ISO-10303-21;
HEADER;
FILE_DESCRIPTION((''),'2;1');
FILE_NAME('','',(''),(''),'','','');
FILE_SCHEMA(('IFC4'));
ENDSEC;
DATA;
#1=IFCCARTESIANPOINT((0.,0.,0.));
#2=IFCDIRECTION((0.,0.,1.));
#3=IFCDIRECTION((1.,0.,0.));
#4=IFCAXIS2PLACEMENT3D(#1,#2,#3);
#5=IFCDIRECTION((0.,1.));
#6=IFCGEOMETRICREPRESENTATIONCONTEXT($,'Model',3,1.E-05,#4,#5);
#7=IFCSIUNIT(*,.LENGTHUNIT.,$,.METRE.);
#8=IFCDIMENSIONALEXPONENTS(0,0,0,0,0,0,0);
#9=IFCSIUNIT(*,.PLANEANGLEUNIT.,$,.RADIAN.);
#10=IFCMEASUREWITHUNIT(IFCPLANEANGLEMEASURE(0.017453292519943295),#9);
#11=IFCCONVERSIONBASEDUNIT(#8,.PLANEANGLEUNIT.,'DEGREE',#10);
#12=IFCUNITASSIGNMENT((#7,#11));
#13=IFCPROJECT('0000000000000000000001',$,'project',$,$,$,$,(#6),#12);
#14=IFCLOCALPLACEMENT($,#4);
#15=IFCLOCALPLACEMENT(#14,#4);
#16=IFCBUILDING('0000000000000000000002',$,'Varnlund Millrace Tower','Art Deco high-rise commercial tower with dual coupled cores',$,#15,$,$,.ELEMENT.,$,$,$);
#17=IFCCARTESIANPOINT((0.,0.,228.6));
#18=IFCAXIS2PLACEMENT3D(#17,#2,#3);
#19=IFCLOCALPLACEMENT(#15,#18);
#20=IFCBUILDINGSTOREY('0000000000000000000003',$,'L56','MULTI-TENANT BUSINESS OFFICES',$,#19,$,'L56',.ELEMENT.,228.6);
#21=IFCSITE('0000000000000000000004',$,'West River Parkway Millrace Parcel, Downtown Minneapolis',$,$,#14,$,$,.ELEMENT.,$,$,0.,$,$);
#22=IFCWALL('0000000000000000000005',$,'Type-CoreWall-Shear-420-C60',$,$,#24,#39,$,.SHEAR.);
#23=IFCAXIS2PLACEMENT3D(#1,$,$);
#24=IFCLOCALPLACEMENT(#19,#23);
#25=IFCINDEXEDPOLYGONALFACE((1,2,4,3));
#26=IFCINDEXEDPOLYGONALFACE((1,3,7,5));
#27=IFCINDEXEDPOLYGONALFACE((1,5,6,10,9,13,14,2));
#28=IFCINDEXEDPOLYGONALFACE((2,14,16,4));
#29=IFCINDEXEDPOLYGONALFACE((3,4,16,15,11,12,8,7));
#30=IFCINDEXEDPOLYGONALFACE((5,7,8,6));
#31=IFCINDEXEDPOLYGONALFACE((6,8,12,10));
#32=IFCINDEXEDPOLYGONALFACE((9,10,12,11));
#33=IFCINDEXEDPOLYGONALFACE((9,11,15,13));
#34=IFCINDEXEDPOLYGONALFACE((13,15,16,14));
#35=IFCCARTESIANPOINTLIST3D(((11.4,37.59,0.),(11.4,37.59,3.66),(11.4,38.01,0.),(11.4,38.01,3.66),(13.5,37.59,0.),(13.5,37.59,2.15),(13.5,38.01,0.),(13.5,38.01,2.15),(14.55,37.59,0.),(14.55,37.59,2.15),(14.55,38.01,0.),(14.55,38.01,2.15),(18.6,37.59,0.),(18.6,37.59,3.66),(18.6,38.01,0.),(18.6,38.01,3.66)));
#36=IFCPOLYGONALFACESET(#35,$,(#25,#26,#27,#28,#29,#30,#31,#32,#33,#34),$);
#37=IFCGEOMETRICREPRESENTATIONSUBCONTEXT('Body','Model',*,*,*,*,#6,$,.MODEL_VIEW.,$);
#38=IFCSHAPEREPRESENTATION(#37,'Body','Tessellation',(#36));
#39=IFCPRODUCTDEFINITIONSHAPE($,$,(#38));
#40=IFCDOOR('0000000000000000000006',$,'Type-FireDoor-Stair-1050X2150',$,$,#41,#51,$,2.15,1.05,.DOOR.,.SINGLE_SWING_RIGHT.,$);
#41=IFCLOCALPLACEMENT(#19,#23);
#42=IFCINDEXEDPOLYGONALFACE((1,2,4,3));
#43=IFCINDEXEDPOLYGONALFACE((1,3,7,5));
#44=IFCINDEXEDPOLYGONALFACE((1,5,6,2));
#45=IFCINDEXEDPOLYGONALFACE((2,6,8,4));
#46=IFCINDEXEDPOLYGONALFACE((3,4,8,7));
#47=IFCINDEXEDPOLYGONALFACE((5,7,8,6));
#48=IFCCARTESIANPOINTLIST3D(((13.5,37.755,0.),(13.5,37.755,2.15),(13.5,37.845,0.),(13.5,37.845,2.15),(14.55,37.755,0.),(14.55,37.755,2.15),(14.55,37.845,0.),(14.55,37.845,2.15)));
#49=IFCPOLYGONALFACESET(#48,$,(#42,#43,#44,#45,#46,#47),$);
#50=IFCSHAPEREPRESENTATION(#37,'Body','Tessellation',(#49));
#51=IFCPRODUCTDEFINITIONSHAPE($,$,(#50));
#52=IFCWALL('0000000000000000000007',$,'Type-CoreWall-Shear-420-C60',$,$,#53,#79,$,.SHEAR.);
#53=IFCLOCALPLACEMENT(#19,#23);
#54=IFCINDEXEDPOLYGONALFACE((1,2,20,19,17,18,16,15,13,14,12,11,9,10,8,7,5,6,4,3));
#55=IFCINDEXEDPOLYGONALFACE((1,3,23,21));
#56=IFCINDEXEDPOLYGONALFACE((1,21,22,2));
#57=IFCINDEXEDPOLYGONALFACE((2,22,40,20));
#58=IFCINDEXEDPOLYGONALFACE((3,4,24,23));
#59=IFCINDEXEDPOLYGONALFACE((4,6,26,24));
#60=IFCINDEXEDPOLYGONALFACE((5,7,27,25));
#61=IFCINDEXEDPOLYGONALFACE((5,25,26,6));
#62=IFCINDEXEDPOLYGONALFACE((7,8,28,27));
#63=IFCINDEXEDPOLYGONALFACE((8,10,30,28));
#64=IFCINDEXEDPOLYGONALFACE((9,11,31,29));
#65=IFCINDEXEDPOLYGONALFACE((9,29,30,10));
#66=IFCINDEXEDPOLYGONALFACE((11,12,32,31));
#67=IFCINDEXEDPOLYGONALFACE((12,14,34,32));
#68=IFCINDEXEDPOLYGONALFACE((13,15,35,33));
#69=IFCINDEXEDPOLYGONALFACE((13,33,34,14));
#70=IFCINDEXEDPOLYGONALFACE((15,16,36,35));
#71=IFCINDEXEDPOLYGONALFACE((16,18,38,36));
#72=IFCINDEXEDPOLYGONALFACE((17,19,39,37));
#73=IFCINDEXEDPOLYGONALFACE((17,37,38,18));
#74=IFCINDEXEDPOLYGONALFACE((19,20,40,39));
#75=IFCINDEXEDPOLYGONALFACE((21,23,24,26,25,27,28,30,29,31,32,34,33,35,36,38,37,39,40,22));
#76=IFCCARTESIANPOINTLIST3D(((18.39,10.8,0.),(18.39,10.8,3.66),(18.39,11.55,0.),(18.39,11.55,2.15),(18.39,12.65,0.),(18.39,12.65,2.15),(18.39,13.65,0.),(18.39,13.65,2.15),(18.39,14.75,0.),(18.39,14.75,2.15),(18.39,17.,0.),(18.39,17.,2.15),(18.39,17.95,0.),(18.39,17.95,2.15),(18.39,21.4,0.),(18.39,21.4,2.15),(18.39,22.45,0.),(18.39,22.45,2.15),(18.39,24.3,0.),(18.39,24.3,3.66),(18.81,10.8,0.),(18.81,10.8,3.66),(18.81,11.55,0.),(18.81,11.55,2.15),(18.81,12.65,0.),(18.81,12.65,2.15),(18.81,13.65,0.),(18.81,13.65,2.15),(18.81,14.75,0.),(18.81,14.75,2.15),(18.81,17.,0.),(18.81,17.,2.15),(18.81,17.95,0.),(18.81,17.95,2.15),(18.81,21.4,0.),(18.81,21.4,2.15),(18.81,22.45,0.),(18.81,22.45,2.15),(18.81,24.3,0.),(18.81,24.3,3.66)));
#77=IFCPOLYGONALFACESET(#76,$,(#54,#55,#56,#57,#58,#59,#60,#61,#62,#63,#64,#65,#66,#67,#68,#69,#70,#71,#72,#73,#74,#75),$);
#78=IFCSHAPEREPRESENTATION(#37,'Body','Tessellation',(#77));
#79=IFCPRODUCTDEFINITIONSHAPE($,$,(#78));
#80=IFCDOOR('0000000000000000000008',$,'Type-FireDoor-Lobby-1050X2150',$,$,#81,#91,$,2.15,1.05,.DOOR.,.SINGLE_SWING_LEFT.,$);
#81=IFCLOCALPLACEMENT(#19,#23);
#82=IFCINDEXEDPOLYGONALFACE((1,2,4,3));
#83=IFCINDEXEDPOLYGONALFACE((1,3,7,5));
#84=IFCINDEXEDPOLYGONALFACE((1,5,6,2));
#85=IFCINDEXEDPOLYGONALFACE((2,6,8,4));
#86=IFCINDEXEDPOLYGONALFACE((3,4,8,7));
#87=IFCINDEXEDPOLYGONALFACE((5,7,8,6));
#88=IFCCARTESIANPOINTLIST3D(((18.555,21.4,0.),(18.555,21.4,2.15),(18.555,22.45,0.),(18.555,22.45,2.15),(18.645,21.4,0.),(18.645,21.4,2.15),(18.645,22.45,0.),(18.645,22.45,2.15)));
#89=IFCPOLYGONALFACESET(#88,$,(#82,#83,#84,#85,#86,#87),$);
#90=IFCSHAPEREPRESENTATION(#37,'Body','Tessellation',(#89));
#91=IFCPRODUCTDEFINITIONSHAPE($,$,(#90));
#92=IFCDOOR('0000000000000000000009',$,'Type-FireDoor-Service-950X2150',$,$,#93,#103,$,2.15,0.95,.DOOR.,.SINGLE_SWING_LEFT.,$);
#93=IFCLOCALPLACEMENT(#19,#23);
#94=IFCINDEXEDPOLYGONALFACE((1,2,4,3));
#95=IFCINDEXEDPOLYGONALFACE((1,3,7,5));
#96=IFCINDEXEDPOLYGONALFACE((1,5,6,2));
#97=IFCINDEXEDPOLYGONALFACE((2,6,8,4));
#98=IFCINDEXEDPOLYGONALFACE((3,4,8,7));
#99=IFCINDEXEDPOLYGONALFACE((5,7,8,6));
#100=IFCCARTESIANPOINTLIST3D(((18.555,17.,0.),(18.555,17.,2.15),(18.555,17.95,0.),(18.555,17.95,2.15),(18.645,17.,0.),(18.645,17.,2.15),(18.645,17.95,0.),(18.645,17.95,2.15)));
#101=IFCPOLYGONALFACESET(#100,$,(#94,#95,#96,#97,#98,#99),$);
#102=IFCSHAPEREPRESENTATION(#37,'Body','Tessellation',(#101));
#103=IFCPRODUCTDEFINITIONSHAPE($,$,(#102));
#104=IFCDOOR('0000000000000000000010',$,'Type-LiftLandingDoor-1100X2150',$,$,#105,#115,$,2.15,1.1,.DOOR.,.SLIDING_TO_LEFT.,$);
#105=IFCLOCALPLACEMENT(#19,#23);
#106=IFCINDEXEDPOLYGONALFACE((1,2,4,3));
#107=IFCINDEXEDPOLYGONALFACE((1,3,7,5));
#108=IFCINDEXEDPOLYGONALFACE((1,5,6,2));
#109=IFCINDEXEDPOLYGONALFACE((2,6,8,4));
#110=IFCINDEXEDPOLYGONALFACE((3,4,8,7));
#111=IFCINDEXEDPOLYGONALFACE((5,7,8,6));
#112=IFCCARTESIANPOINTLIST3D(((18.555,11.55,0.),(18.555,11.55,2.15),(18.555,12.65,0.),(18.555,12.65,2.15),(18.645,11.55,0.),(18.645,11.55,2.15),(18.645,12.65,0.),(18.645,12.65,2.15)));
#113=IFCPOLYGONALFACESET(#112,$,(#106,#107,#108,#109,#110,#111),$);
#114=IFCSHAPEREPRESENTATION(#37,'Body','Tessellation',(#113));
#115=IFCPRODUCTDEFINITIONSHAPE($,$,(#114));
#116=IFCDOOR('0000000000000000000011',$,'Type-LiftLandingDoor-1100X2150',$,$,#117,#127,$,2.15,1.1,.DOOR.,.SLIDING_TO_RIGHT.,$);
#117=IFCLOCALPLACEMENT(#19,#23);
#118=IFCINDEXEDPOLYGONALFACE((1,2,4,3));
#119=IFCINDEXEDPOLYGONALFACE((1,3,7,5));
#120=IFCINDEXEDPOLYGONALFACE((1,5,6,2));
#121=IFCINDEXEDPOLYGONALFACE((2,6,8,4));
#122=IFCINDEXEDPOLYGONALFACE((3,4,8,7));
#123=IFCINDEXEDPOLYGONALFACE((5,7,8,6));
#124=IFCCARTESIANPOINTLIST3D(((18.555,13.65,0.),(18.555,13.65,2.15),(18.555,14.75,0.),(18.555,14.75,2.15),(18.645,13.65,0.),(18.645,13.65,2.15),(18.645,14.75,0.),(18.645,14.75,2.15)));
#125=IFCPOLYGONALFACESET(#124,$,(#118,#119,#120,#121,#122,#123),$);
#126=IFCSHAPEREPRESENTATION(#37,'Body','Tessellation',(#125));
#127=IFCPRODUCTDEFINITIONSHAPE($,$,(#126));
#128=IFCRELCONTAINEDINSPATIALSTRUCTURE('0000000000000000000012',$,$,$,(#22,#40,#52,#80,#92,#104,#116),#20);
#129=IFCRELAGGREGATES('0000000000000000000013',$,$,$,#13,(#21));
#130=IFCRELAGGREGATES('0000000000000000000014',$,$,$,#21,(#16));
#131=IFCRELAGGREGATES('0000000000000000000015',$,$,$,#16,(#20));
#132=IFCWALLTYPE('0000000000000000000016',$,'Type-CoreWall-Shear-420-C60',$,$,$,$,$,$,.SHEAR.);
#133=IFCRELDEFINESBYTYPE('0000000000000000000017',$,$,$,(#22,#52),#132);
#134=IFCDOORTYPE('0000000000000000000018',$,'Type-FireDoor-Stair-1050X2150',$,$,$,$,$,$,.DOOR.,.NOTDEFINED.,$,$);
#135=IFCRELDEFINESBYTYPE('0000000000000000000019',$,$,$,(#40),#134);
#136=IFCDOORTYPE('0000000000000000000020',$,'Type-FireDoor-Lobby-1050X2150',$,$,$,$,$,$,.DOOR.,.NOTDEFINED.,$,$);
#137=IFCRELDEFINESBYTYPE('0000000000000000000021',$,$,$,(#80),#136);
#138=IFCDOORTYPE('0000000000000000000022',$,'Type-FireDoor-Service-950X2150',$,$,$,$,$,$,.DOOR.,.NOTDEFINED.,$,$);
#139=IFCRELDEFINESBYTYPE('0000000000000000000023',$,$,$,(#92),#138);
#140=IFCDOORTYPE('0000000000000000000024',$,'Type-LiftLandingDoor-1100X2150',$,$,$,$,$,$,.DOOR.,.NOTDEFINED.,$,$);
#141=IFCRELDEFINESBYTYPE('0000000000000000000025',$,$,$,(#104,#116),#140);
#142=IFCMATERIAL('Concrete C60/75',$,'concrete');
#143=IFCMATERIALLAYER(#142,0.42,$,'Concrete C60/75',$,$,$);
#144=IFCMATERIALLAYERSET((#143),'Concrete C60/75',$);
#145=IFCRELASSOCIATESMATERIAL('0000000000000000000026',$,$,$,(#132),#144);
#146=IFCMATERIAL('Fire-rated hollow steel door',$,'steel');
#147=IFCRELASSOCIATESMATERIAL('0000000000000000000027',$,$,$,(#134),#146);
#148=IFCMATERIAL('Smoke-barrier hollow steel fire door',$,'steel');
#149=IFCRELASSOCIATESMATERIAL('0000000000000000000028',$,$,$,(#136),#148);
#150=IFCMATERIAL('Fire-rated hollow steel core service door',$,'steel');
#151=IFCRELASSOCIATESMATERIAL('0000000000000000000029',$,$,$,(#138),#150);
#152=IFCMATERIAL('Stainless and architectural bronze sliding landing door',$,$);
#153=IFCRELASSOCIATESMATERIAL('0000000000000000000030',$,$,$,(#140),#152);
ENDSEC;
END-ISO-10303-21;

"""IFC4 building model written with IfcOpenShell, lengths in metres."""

from ifc_helpers import new_model, entity, si_unit, converted_unit, direction, frame, origin_with_axes, origin_2d_with_axis, place, context, subcontext, project, spatial, polyline, rectangle, outline, extrude, material, layer, layer_set, type_object, element, fill, save


model = new_model("IFC4")

# Units and contexts
model_context = context("Model", 3, precision=1e-05, world=origin_with_axes(), true_north=direction((0.0, 1.0)))
body_context = subcontext(model_context, "Body", "Model", "MODEL_VIEW")
ifc_project = project(units=[si_unit("LENGTHUNIT", "METRE"), converted_unit("PLANEANGLEUNIT", "DEGREE", entity("IfcPlaneAngleMeasure", 0.017453292519943295), si_unit("PLANEANGLEUNIT", "RADIAN"), dimensions=[0, 0, 0, 0, 0, 0, 0])], contexts=[model_context])

# Site, building, storey
site_placement = place(None, origin_with_axes())
site = spatial("IfcSite", under=ifc_project, at=site_placement, Name="West River Parkway Millrace Parcel, Downtown Minneapolis", CompositionType="ELEMENT", RefElevation=0.0)
building_placement = place(site_placement, origin_with_axes())
building = spatial("IfcBuilding", under=site, at=building_placement, Name="Varnlund Millrace Tower", Description="Art Deco high-rise commercial tower with dual coupled cores", CompositionType="ELEMENT")
storey_placement = place(building_placement, frame((0.0, 0.0, 228.6), z_axis=(0.0, 0.0, 1.0), x_axis=(1.0, 0.0, 0.0)))
storey = spatial("IfcBuildingStorey", under=building, at=storey_placement, Name="L56", Description="MULTI-TENANT BUSINESS OFFICES", LongName="L56", CompositionType="ELEMENT", Elevation=228.6)

# Wall, opening, door
ifc_material_1 = material(Name="Concrete C60/75", Category="concrete")
ifc_layer_1 = layer(ifc_material_1, 0.42, Name="Concrete C60/75")
ifc_layer_set_1 = layer_set([ifc_layer_1], Name="Concrete C60/75")
wall_type_1 = type_object("IfcWallType", Name="Type-CoreWall-Shear-420-C60", PredefinedType="SHEAR", material=ifc_layer_set_1)
wall_1_placement = place(storey_placement, frame((11.4, 37.8, 0.0), z_axis=(0.0, 0.0, 1.0), x_axis=(1.0, 0.0, 0.0)))
wall_1 = element("IfcWall", 1, at=wall_1_placement, inside=storey, type_object=wall_type_1, Name="Type-CoreWall-Shear-420-C60", PredefinedType="SHEAR", context=body_context, shape_type="SweptSolid", body=[
    extrude(outline(polyline([(0.0, -0.21), (7.2, -0.21), (7.2, 0.21), (0.0, 0.21), (0.0, -0.21)])), origin_with_axes(), (0.0, 0.0, 1.0), 3.66),
])
opening_1_placement = place(wall_1_placement, frame((2.625, 0.0, 0.0), z_axis=(0.0, 0.0, 1.0), x_axis=(1.0, 0.0, 0.0)))
opening_1 = element("IfcOpeningElement", 2, at=opening_1_placement, cuts=wall_1, PredefinedType="OPENING", context=body_context, shape_type="SweptSolid", body=[
    extrude(rectangle(XDim=1.05, YDim=0.44, at=origin_2d_with_axis()), origin_with_axes(), (0.0, 0.0, 1.0), 2.15),
])
ifc_material_2 = material(Name="Fire-rated hollow steel door", Category="steel")
door_type_1 = type_object("IfcDoorType", Name="Type-FireDoor-Stair-1050X2150", OperationType="NOTDEFINED", PredefinedType="DOOR", material=ifc_material_2)
door_1_placement = place(wall_1_placement, frame((2.625, 0.0, 0.0), z_axis=(0.0, 0.0, 1.0), x_axis=(1.0, 0.0, 0.0)))
door_1 = element("IfcDoor", 3, at=door_1_placement, inside=storey, type_object=door_type_1, Name="Type-FireDoor-Stair-1050X2150", OperationType="SINGLE_SWING_RIGHT", OverallHeight=2.15, OverallWidth=1.05, PredefinedType="DOOR", context=body_context, shape_type="SweptSolid", body=[
    extrude(rectangle(XDim=1.05, YDim=0.09, at=origin_2d_with_axis()), origin_with_axes(), (0.0, 0.0, 1.0), 2.15),
])
fill(opening_1, door_1)

# Wall, openings, doors
wall_2_placement = place(storey_placement, frame((18.6, 10.8, 0.0), z_axis=(0.0, 0.0, 1.0), x_axis=(0.0, 1.0, 0.0)))
wall_2 = element("IfcWall", 4, at=wall_2_placement, inside=storey, type_object=wall_type_1, Name="Type-CoreWall-Shear-420-C60", PredefinedType="SHEAR", context=body_context, shape_type="SweptSolid", body=[
    extrude(outline(polyline([(0.0, -0.21), (13.5, -0.21), (13.5, 0.21), (0.0, 0.21), (0.0, -0.21)])), origin_with_axes(), (0.0, 0.0, 1.0), 3.66),
])
opening_2_placement = place(wall_2_placement, frame((1.3, 0.0, 0.0), z_axis=(0.0, 0.0, 1.0), x_axis=(1.0, 0.0, 0.0)))
opening_2 = element("IfcOpeningElement", 5, at=opening_2_placement, cuts=wall_2, PredefinedType="OPENING", context=body_context, shape_type="SweptSolid", body=[
    extrude(rectangle(XDim=1.1, YDim=0.44, at=origin_2d_with_axis()), origin_with_axes(), (0.0, 0.0, 1.0), 2.15),
])
opening_3_placement = place(wall_2_placement, frame((3.4, 0.0, 0.0), z_axis=(0.0, 0.0, 1.0), x_axis=(1.0, 0.0, 0.0)))
opening_3 = element("IfcOpeningElement", 6, at=opening_3_placement, cuts=wall_2, PredefinedType="OPENING", context=body_context, shape_type="SweptSolid", body=[
    extrude(rectangle(XDim=1.1, YDim=0.44, at=origin_2d_with_axis()), origin_with_axes(), (0.0, 0.0, 1.0), 2.15),
])
opening_4_placement = place(wall_2_placement, frame((11.125, 0.0, 0.0), z_axis=(0.0, 0.0, 1.0), x_axis=(1.0, 0.0, 0.0)))
opening_4 = element("IfcOpeningElement", 7, at=opening_4_placement, cuts=wall_2, PredefinedType="OPENING", context=body_context, shape_type="SweptSolid", body=[
    extrude(rectangle(XDim=1.05, YDim=0.44, at=origin_2d_with_axis()), origin_with_axes(), (0.0, 0.0, 1.0), 2.15),
])
opening_5_placement = place(wall_2_placement, frame((6.675, 0.0, 0.0), z_axis=(0.0, 0.0, 1.0), x_axis=(1.0, 0.0, 0.0)))
opening_5 = element("IfcOpeningElement", 8, at=opening_5_placement, cuts=wall_2, PredefinedType="OPENING", context=body_context, shape_type="SweptSolid", body=[
    extrude(rectangle(XDim=0.95, YDim=0.44, at=origin_2d_with_axis()), origin_with_axes(), (0.0, 0.0, 1.0), 2.15),
])
ifc_material_3 = material(Name="Smoke-barrier hollow steel fire door", Category="steel")
door_type_2 = type_object("IfcDoorType", Name="Type-FireDoor-Lobby-1050X2150", OperationType="NOTDEFINED", PredefinedType="DOOR", material=ifc_material_3)
door_2_placement = place(wall_2_placement, frame((11.125, 0.0, 0.0), z_axis=(0.0, 0.0, 1.0), x_axis=(1.0, 0.0, 0.0)))
door_2 = element("IfcDoor", 9, at=door_2_placement, inside=storey, type_object=door_type_2, Name="Type-FireDoor-Lobby-1050X2150", OperationType="SINGLE_SWING_LEFT", OverallHeight=2.15, OverallWidth=1.05, PredefinedType="DOOR", context=body_context, shape_type="SweptSolid", body=[
    extrude(rectangle(XDim=1.05, YDim=0.09, at=origin_2d_with_axis()), origin_with_axes(), (0.0, 0.0, 1.0), 2.15),
])
fill(opening_4, door_2)
ifc_material_4 = material(Name="Fire-rated hollow steel core service door", Category="steel")
door_type_3 = type_object("IfcDoorType", Name="Type-FireDoor-Service-950X2150", OperationType="NOTDEFINED", PredefinedType="DOOR", material=ifc_material_4)
door_3_placement = place(wall_2_placement, frame((6.675, 0.0, 0.0), z_axis=(0.0, 0.0, 1.0), x_axis=(1.0, 0.0, 0.0)))
door_3 = element("IfcDoor", 10, at=door_3_placement, inside=storey, type_object=door_type_3, Name="Type-FireDoor-Service-950X2150", OperationType="SINGLE_SWING_LEFT", OverallHeight=2.15, OverallWidth=0.95, PredefinedType="DOOR", context=body_context, shape_type="SweptSolid", body=[
    extrude(rectangle(XDim=0.95, YDim=0.09, at=origin_2d_with_axis()), origin_with_axes(), (0.0, 0.0, 1.0), 2.15),
])
fill(opening_5, door_3)
ifc_material_5 = material(Name="Stainless and architectural bronze sliding landing door")
door_type_4 = type_object("IfcDoorType", Name="Type-LiftLandingDoor-1100X2150", OperationType="NOTDEFINED", PredefinedType="DOOR", material=ifc_material_5)
door_4_placement = place(wall_2_placement, frame((1.3, 0.0, 0.0), z_axis=(0.0, 0.0, 1.0), x_axis=(1.0, 0.0, 0.0)))
door_4 = element("IfcDoor", 11, at=door_4_placement, inside=storey, type_object=door_type_4, Name="Type-LiftLandingDoor-1100X2150", OperationType="SLIDING_TO_LEFT", OverallHeight=2.15, OverallWidth=1.1, PredefinedType="DOOR", context=body_context, shape_type="SweptSolid", body=[
    extrude(rectangle(XDim=1.1, YDim=0.09, at=origin_2d_with_axis()), origin_with_axes(), (0.0, 0.0, 1.0), 2.15),
])
fill(opening_2, door_4)
door_5_placement = place(wall_2_placement, frame((3.4, 0.0, 0.0), z_axis=(0.0, 0.0, 1.0), x_axis=(1.0, 0.0, 0.0)))
door_5 = element("IfcDoor", 12, at=door_5_placement, inside=storey, type_object=door_type_4, Name="Type-LiftLandingDoor-1100X2150", OperationType="SLIDING_TO_RIGHT", OverallHeight=2.15, OverallWidth=1.1, PredefinedType="DOOR", context=body_context, shape_type="SweptSolid", body=[
    extrude(rectangle(XDim=1.1, YDim=0.09, at=origin_2d_with_axis()), origin_with_axes(), (0.0, 0.0, 1.0), 2.15),
])
fill(opening_3, door_5)

save(model, "model.ifc")
